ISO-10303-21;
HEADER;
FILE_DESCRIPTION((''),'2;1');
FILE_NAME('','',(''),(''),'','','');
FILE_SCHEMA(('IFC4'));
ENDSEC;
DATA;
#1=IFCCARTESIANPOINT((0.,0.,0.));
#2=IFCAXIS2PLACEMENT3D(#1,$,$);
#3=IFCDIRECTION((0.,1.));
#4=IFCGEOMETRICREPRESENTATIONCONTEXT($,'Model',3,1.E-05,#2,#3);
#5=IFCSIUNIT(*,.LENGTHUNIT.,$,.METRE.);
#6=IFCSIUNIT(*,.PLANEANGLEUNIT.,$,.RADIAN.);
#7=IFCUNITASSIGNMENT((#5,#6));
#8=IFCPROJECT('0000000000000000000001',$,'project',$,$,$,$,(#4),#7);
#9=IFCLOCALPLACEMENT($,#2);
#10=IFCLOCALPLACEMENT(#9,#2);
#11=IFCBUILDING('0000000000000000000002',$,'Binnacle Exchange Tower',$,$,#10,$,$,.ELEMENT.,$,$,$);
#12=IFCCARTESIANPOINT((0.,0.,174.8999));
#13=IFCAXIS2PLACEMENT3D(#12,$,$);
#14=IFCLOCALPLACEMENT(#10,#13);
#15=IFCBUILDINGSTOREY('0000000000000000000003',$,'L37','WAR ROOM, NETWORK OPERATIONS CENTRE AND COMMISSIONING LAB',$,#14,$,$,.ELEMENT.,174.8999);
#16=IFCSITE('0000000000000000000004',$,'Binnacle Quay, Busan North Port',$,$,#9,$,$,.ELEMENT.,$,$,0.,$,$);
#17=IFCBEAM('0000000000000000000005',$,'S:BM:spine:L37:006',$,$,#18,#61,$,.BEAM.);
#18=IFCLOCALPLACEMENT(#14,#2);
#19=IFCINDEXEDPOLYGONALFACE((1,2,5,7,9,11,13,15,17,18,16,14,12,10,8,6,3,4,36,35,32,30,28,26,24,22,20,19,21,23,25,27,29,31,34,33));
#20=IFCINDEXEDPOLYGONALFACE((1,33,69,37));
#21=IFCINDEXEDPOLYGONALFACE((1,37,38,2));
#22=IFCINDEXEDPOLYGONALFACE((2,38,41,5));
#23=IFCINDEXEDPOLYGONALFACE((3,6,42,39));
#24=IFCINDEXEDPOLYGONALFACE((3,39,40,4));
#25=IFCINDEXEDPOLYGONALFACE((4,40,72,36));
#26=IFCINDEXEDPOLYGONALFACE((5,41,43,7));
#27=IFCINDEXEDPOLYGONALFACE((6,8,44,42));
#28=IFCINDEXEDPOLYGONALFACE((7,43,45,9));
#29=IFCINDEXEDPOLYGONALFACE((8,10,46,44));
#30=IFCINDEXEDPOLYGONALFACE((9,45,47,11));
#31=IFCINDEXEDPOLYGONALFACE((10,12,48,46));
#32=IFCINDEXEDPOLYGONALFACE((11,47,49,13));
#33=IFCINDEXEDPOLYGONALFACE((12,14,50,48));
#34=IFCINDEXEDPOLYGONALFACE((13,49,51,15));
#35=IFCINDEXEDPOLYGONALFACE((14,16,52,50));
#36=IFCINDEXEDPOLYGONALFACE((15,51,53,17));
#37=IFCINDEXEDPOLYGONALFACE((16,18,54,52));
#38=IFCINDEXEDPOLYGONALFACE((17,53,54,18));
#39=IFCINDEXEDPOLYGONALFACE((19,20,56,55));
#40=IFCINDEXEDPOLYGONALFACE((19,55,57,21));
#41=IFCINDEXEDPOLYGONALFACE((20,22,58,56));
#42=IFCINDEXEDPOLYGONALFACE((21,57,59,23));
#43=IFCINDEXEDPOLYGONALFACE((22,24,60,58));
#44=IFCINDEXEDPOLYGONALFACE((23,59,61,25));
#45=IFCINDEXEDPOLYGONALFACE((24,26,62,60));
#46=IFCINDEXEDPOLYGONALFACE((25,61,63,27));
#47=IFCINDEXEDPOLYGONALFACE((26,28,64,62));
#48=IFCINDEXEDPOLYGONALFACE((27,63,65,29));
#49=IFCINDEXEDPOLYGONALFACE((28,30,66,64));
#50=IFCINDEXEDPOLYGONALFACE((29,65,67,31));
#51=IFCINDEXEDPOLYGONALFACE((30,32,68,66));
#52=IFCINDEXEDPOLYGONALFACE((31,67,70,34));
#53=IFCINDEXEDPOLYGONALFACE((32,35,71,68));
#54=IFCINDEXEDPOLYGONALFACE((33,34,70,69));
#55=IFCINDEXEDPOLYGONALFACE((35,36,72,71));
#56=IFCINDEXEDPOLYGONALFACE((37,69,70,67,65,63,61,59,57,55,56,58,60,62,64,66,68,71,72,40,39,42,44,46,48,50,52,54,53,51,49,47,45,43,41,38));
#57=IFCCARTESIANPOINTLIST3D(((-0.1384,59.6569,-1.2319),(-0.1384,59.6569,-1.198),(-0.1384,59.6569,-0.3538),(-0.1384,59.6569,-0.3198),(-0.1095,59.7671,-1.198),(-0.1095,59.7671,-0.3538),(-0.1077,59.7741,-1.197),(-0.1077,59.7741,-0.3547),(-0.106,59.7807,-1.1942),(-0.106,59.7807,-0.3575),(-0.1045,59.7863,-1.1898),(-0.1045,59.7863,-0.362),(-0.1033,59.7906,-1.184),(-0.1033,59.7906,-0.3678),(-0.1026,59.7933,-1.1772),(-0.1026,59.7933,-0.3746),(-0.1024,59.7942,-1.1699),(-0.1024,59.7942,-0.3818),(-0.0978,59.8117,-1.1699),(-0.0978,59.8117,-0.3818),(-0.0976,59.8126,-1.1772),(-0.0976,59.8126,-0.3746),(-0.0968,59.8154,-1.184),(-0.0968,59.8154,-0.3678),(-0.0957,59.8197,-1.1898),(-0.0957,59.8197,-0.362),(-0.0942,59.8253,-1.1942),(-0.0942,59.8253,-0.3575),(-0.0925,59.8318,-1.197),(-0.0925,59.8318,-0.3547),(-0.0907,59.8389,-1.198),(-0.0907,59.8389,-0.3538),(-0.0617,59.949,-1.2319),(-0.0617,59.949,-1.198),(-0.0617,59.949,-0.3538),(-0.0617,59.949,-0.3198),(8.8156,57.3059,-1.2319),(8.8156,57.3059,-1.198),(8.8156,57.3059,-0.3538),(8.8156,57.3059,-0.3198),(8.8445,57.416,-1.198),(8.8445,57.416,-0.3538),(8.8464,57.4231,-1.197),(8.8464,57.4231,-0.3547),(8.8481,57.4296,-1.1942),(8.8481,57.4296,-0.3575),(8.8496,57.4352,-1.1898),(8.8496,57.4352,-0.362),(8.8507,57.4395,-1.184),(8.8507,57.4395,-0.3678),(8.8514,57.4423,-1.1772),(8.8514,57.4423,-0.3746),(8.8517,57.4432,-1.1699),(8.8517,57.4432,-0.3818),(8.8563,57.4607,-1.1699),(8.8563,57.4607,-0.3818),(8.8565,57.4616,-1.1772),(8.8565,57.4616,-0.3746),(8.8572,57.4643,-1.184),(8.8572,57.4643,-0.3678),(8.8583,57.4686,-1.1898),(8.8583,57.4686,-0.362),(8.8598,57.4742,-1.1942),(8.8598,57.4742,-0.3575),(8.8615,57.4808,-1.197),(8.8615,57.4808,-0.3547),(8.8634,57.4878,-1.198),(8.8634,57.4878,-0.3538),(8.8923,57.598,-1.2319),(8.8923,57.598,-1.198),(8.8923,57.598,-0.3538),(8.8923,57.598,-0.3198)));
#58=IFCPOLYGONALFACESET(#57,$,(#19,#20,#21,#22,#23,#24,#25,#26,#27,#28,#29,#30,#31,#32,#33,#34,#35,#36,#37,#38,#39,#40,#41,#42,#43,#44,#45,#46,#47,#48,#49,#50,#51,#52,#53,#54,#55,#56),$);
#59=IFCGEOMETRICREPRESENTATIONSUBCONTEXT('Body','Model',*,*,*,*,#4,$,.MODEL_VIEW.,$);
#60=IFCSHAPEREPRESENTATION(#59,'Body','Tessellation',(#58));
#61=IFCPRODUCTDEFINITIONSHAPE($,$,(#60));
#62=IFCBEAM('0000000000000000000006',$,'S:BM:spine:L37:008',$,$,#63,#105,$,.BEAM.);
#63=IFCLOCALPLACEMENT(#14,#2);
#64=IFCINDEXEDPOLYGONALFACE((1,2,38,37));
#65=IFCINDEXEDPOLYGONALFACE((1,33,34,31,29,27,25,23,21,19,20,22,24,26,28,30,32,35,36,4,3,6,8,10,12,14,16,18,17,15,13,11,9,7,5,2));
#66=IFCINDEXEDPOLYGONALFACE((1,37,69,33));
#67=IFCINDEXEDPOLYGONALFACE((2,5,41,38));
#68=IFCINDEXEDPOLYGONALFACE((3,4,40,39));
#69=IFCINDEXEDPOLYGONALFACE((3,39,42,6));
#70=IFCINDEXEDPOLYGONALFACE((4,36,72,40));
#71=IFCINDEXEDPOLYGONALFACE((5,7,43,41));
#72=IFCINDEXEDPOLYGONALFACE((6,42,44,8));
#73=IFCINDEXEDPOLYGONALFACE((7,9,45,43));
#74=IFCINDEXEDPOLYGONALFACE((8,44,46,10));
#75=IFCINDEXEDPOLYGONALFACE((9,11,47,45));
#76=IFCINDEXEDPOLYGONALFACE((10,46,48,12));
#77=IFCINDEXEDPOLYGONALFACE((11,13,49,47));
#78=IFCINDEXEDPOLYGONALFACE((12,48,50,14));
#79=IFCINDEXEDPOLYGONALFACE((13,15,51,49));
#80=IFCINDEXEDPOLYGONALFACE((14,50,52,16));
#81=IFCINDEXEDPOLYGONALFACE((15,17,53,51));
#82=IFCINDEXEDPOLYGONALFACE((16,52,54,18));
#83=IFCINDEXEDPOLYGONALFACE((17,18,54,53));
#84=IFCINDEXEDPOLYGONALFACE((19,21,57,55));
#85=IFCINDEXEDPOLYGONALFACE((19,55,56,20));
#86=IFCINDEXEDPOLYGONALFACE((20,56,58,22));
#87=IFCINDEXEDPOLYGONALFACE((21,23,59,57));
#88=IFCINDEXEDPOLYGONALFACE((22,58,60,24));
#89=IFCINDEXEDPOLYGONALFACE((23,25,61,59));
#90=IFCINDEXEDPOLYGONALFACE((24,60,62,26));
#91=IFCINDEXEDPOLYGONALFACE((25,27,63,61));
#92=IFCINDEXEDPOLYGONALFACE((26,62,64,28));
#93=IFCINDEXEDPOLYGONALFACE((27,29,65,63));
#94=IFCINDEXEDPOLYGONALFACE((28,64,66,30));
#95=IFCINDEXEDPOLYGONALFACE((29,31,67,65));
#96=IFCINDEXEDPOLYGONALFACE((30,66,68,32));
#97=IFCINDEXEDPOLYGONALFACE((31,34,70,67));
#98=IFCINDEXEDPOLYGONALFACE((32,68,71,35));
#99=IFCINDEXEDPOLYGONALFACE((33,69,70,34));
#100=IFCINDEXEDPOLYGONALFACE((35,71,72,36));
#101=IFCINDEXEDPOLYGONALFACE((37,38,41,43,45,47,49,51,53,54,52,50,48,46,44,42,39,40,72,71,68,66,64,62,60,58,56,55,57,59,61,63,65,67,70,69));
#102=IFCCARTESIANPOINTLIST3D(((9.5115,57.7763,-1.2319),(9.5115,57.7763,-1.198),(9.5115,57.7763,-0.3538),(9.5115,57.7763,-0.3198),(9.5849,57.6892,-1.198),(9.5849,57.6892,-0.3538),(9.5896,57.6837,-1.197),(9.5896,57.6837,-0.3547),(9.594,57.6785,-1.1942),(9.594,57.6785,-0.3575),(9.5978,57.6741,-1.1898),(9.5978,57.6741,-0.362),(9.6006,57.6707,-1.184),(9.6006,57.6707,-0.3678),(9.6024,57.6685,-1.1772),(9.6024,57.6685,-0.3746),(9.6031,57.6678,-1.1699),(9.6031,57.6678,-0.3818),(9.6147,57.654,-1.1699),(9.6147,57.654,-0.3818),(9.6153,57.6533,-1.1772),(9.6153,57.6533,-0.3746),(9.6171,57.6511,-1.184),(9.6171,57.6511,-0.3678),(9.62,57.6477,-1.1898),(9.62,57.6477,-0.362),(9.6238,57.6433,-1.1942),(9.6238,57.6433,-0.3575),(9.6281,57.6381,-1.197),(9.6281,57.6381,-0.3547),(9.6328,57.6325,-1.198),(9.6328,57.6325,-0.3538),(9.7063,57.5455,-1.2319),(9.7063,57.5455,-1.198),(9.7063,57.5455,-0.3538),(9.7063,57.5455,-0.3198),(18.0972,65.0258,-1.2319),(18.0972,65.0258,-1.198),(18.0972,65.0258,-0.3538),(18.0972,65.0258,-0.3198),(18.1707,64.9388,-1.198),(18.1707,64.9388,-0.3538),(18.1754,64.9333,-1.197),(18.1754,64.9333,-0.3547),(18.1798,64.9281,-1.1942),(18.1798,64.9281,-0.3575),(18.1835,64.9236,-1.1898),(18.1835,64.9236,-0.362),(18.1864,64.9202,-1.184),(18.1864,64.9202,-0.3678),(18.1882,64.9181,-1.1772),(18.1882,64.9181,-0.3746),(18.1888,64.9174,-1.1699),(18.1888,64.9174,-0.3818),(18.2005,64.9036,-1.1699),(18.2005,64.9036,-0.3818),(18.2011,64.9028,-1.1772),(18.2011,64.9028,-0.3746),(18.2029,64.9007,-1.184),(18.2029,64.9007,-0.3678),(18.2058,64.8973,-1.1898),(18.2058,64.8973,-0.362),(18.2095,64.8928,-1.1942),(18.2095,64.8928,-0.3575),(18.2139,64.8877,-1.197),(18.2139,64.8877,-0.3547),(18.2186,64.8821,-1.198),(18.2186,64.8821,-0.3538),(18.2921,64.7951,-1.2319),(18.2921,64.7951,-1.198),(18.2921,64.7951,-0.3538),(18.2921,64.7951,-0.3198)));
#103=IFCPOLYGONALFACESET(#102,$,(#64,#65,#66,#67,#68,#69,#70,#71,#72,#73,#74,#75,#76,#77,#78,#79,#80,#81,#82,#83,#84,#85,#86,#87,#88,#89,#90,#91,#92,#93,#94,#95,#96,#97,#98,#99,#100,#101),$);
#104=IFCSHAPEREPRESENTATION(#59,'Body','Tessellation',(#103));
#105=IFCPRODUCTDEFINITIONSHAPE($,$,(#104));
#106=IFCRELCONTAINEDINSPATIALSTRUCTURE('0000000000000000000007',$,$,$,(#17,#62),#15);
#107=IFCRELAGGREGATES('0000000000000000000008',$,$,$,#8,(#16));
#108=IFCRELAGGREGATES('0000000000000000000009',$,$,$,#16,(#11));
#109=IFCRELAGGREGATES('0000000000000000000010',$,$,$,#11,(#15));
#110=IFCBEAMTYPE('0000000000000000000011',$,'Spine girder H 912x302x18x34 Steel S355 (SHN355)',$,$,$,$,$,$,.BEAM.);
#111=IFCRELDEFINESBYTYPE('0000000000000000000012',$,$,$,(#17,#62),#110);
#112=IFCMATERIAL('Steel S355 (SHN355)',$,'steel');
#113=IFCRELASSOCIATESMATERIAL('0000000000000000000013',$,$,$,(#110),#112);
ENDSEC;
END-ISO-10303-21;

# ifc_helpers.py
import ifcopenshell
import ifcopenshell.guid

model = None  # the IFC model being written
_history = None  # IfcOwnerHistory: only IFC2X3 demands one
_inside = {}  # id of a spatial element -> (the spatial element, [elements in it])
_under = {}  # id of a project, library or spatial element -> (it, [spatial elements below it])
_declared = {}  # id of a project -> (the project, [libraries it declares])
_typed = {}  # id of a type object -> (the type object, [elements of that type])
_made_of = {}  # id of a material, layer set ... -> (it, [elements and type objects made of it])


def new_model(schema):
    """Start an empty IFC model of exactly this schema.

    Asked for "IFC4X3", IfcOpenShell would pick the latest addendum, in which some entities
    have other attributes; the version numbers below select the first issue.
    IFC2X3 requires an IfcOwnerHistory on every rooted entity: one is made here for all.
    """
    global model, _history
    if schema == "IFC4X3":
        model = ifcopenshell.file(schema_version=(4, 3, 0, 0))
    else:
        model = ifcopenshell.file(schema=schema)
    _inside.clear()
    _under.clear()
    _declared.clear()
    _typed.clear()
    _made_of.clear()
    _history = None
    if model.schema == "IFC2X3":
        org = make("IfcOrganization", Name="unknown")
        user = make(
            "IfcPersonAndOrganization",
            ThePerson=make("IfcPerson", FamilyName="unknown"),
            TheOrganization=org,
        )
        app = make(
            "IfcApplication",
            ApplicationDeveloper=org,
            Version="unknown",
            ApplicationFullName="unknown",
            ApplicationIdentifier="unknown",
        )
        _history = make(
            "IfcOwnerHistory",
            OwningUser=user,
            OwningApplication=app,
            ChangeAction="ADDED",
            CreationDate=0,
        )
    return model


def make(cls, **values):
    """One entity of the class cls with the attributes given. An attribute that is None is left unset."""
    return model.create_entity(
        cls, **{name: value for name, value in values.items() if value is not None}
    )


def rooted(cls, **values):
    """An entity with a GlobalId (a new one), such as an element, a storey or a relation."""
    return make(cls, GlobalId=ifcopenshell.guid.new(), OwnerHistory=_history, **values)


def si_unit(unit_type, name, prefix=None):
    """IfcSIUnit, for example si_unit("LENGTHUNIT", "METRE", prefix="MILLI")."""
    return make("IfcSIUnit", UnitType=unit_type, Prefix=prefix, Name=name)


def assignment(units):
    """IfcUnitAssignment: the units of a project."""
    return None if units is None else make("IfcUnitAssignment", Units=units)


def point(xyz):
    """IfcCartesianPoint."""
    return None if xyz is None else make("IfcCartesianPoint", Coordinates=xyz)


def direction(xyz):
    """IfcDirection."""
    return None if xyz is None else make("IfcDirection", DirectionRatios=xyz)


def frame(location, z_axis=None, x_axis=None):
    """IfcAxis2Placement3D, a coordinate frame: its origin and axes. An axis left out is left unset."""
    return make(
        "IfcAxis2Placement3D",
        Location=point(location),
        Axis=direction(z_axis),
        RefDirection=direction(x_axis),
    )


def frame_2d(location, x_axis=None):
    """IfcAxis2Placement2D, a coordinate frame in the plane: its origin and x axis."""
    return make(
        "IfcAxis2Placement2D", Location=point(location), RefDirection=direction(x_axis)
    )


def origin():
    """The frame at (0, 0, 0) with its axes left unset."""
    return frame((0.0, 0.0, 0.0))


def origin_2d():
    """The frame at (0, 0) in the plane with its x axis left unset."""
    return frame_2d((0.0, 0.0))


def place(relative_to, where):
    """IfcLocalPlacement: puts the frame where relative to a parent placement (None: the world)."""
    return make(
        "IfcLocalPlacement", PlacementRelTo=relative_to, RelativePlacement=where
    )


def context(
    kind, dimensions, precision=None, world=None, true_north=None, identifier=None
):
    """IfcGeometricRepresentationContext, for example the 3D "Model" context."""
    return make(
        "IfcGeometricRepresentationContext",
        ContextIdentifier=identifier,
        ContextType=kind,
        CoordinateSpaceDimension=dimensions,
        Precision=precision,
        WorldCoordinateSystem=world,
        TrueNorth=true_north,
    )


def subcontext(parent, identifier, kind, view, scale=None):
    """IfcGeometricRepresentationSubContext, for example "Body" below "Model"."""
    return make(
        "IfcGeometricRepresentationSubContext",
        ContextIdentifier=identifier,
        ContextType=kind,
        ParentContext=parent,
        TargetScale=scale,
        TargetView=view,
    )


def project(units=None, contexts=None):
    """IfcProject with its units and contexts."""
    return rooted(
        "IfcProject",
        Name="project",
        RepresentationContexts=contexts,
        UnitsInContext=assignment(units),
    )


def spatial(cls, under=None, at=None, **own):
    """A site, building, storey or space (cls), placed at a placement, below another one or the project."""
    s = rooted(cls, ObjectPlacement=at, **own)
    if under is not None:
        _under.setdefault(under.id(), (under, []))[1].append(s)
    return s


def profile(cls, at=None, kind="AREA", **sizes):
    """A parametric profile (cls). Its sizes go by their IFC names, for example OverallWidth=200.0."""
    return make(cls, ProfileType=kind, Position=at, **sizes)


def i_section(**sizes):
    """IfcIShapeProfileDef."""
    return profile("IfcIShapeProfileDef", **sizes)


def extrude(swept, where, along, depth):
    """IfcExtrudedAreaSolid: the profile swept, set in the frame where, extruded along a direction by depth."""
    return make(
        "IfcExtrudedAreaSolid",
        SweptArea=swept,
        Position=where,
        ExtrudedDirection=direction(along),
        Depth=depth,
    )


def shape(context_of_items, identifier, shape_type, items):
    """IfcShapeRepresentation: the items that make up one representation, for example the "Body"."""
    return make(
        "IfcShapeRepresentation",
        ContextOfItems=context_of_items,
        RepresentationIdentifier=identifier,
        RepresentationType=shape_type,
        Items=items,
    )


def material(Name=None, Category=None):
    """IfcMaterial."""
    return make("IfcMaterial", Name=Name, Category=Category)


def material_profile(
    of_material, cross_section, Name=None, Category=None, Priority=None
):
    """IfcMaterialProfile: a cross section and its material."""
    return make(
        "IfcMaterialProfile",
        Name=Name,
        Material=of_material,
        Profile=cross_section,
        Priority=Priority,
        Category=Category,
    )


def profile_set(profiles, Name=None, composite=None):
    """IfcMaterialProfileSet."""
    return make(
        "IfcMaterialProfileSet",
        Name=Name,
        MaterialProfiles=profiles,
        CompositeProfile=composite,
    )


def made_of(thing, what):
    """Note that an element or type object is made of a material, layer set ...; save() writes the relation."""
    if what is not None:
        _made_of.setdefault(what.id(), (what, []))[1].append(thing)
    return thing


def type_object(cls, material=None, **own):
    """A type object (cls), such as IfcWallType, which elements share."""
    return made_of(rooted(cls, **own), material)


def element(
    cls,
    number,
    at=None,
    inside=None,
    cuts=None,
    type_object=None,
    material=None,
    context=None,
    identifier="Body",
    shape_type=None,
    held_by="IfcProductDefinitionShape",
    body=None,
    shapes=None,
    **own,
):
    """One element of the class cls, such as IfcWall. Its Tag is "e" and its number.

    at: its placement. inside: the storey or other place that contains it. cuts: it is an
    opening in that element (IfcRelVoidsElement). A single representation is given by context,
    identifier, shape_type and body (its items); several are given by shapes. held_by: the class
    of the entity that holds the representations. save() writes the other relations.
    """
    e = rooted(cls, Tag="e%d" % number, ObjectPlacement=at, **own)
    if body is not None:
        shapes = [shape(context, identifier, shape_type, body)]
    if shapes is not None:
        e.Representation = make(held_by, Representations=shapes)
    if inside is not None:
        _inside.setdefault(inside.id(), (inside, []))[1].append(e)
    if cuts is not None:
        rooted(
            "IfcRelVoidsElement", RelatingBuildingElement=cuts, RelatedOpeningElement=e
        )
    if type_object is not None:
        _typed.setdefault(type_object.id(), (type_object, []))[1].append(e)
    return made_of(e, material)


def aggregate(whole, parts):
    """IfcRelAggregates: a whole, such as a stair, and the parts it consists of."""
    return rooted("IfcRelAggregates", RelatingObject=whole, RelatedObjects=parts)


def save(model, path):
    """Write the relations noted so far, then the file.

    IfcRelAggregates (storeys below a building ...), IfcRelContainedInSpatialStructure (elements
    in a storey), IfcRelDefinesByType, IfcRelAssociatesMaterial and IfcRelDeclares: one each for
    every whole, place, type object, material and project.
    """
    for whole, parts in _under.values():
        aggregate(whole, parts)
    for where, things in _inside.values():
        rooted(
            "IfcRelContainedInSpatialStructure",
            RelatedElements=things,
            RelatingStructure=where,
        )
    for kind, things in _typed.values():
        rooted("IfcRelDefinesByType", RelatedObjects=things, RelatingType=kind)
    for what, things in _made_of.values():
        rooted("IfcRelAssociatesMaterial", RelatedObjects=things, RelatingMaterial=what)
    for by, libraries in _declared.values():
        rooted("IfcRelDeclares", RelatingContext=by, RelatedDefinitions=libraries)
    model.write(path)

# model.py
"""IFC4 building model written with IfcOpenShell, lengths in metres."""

from ifc_helpers import new_model, si_unit, direction, frame, origin, origin_2d, place, context, subcontext, project, spatial, i_section, extrude, material, material_profile, profile_set, type_object, element, save


model = new_model("IFC4")

# Units and contexts
model_context = context("Model", 3, precision=1e-05, world=origin(), true_north=direction((0.0, 1.0)))
body_context = subcontext(model_context, "Body", "Model", "MODEL_VIEW")
ifc_project = project(units=[si_unit("LENGTHUNIT", "METRE"), si_unit("PLANEANGLEUNIT", "RADIAN")], contexts=[model_context])

# Site, building, storey
site_placement = place(None, origin())
site = spatial("IfcSite", under=ifc_project, at=site_placement, Name="Binnacle Quay, Busan North Port", CompositionType="ELEMENT", RefElevation=0.0)
building_placement = place(site_placement, origin())
building = spatial("IfcBuilding", under=site, at=building_placement, Name="Binnacle Exchange Tower", CompositionType="ELEMENT")
storey_placement = place(building_placement, frame((0.0, 0.0, 174.8999)))
storey = spatial("IfcBuildingStorey", under=building, at=storey_placement, Name="L37", Description="WAR ROOM, NETWORK OPERATIONS CENTRE AND COMMISSIONING LAB", CompositionType="ELEMENT", Elevation=174.8999)

# Beams
ifc_material_1 = material(Name="Steel S355 (SHN355)", Category="steel")
ifc_material_profile_1 = material_profile(ifc_material_1, i_section(OverallWidth=0.302, OverallDepth=0.9121, WebThickness=0.0181, FlangeThickness=0.0339, FilletRadius=0.0281, at=origin_2d()), Name="H 912x302x18x34")
ifc_profile_set_1 = profile_set([ifc_material_profile_1], Name="Steel S355 (SHN355)")
beam_type_1 = type_object("IfcBeamType", Name="Spine girder H 912x302x18x34 Steel S355 (SHN355)", PredefinedType="BEAM", material=ifc_profile_set_1)
beam_1_placement = place(storey_placement, frame((-0.1001, 59.803, -0.7759), z_axis=(0.967214, -0.253961, 0.0), x_axis=(0.253961, 0.967214, 0.0)))
element("IfcBeam", 1, at=beam_1_placement, inside=storey, type_object=beam_type_1, Name="S:BM:spine:L37:006", PredefinedType="BEAM", context=body_context, shape_type="SweptSolid", body=[
    extrude(i_section(OverallWidth=0.302, OverallDepth=0.9121, WebThickness=0.0181, FlangeThickness=0.0339, FilletRadius=0.0281, at=origin_2d()), origin(), (0.0, 0.0, 1.0), 9.2576),
])
beam_2_placement = place(storey_placement, frame((9.6089, 57.6609, -0.7759), z_axis=(0.764058, 0.645148, 0.0), x_axis=(-0.645148, 0.764058, 0.0)))
element("IfcBeam", 2, at=beam_2_placement, inside=storey, type_object=beam_type_1, Name="S:BM:spine:L37:008", PredefinedType="BEAM", context=body_context, shape_type="SweptSolid", body=[
    extrude(i_section(OverallWidth=0.302, OverallDepth=0.9121, WebThickness=0.0181, FlangeThickness=0.0339, FilletRadius=0.0281, at=origin_2d()), origin(), (0.0, 0.0, 1.0), 11.2371),
])

save(model, "model.ifc")
